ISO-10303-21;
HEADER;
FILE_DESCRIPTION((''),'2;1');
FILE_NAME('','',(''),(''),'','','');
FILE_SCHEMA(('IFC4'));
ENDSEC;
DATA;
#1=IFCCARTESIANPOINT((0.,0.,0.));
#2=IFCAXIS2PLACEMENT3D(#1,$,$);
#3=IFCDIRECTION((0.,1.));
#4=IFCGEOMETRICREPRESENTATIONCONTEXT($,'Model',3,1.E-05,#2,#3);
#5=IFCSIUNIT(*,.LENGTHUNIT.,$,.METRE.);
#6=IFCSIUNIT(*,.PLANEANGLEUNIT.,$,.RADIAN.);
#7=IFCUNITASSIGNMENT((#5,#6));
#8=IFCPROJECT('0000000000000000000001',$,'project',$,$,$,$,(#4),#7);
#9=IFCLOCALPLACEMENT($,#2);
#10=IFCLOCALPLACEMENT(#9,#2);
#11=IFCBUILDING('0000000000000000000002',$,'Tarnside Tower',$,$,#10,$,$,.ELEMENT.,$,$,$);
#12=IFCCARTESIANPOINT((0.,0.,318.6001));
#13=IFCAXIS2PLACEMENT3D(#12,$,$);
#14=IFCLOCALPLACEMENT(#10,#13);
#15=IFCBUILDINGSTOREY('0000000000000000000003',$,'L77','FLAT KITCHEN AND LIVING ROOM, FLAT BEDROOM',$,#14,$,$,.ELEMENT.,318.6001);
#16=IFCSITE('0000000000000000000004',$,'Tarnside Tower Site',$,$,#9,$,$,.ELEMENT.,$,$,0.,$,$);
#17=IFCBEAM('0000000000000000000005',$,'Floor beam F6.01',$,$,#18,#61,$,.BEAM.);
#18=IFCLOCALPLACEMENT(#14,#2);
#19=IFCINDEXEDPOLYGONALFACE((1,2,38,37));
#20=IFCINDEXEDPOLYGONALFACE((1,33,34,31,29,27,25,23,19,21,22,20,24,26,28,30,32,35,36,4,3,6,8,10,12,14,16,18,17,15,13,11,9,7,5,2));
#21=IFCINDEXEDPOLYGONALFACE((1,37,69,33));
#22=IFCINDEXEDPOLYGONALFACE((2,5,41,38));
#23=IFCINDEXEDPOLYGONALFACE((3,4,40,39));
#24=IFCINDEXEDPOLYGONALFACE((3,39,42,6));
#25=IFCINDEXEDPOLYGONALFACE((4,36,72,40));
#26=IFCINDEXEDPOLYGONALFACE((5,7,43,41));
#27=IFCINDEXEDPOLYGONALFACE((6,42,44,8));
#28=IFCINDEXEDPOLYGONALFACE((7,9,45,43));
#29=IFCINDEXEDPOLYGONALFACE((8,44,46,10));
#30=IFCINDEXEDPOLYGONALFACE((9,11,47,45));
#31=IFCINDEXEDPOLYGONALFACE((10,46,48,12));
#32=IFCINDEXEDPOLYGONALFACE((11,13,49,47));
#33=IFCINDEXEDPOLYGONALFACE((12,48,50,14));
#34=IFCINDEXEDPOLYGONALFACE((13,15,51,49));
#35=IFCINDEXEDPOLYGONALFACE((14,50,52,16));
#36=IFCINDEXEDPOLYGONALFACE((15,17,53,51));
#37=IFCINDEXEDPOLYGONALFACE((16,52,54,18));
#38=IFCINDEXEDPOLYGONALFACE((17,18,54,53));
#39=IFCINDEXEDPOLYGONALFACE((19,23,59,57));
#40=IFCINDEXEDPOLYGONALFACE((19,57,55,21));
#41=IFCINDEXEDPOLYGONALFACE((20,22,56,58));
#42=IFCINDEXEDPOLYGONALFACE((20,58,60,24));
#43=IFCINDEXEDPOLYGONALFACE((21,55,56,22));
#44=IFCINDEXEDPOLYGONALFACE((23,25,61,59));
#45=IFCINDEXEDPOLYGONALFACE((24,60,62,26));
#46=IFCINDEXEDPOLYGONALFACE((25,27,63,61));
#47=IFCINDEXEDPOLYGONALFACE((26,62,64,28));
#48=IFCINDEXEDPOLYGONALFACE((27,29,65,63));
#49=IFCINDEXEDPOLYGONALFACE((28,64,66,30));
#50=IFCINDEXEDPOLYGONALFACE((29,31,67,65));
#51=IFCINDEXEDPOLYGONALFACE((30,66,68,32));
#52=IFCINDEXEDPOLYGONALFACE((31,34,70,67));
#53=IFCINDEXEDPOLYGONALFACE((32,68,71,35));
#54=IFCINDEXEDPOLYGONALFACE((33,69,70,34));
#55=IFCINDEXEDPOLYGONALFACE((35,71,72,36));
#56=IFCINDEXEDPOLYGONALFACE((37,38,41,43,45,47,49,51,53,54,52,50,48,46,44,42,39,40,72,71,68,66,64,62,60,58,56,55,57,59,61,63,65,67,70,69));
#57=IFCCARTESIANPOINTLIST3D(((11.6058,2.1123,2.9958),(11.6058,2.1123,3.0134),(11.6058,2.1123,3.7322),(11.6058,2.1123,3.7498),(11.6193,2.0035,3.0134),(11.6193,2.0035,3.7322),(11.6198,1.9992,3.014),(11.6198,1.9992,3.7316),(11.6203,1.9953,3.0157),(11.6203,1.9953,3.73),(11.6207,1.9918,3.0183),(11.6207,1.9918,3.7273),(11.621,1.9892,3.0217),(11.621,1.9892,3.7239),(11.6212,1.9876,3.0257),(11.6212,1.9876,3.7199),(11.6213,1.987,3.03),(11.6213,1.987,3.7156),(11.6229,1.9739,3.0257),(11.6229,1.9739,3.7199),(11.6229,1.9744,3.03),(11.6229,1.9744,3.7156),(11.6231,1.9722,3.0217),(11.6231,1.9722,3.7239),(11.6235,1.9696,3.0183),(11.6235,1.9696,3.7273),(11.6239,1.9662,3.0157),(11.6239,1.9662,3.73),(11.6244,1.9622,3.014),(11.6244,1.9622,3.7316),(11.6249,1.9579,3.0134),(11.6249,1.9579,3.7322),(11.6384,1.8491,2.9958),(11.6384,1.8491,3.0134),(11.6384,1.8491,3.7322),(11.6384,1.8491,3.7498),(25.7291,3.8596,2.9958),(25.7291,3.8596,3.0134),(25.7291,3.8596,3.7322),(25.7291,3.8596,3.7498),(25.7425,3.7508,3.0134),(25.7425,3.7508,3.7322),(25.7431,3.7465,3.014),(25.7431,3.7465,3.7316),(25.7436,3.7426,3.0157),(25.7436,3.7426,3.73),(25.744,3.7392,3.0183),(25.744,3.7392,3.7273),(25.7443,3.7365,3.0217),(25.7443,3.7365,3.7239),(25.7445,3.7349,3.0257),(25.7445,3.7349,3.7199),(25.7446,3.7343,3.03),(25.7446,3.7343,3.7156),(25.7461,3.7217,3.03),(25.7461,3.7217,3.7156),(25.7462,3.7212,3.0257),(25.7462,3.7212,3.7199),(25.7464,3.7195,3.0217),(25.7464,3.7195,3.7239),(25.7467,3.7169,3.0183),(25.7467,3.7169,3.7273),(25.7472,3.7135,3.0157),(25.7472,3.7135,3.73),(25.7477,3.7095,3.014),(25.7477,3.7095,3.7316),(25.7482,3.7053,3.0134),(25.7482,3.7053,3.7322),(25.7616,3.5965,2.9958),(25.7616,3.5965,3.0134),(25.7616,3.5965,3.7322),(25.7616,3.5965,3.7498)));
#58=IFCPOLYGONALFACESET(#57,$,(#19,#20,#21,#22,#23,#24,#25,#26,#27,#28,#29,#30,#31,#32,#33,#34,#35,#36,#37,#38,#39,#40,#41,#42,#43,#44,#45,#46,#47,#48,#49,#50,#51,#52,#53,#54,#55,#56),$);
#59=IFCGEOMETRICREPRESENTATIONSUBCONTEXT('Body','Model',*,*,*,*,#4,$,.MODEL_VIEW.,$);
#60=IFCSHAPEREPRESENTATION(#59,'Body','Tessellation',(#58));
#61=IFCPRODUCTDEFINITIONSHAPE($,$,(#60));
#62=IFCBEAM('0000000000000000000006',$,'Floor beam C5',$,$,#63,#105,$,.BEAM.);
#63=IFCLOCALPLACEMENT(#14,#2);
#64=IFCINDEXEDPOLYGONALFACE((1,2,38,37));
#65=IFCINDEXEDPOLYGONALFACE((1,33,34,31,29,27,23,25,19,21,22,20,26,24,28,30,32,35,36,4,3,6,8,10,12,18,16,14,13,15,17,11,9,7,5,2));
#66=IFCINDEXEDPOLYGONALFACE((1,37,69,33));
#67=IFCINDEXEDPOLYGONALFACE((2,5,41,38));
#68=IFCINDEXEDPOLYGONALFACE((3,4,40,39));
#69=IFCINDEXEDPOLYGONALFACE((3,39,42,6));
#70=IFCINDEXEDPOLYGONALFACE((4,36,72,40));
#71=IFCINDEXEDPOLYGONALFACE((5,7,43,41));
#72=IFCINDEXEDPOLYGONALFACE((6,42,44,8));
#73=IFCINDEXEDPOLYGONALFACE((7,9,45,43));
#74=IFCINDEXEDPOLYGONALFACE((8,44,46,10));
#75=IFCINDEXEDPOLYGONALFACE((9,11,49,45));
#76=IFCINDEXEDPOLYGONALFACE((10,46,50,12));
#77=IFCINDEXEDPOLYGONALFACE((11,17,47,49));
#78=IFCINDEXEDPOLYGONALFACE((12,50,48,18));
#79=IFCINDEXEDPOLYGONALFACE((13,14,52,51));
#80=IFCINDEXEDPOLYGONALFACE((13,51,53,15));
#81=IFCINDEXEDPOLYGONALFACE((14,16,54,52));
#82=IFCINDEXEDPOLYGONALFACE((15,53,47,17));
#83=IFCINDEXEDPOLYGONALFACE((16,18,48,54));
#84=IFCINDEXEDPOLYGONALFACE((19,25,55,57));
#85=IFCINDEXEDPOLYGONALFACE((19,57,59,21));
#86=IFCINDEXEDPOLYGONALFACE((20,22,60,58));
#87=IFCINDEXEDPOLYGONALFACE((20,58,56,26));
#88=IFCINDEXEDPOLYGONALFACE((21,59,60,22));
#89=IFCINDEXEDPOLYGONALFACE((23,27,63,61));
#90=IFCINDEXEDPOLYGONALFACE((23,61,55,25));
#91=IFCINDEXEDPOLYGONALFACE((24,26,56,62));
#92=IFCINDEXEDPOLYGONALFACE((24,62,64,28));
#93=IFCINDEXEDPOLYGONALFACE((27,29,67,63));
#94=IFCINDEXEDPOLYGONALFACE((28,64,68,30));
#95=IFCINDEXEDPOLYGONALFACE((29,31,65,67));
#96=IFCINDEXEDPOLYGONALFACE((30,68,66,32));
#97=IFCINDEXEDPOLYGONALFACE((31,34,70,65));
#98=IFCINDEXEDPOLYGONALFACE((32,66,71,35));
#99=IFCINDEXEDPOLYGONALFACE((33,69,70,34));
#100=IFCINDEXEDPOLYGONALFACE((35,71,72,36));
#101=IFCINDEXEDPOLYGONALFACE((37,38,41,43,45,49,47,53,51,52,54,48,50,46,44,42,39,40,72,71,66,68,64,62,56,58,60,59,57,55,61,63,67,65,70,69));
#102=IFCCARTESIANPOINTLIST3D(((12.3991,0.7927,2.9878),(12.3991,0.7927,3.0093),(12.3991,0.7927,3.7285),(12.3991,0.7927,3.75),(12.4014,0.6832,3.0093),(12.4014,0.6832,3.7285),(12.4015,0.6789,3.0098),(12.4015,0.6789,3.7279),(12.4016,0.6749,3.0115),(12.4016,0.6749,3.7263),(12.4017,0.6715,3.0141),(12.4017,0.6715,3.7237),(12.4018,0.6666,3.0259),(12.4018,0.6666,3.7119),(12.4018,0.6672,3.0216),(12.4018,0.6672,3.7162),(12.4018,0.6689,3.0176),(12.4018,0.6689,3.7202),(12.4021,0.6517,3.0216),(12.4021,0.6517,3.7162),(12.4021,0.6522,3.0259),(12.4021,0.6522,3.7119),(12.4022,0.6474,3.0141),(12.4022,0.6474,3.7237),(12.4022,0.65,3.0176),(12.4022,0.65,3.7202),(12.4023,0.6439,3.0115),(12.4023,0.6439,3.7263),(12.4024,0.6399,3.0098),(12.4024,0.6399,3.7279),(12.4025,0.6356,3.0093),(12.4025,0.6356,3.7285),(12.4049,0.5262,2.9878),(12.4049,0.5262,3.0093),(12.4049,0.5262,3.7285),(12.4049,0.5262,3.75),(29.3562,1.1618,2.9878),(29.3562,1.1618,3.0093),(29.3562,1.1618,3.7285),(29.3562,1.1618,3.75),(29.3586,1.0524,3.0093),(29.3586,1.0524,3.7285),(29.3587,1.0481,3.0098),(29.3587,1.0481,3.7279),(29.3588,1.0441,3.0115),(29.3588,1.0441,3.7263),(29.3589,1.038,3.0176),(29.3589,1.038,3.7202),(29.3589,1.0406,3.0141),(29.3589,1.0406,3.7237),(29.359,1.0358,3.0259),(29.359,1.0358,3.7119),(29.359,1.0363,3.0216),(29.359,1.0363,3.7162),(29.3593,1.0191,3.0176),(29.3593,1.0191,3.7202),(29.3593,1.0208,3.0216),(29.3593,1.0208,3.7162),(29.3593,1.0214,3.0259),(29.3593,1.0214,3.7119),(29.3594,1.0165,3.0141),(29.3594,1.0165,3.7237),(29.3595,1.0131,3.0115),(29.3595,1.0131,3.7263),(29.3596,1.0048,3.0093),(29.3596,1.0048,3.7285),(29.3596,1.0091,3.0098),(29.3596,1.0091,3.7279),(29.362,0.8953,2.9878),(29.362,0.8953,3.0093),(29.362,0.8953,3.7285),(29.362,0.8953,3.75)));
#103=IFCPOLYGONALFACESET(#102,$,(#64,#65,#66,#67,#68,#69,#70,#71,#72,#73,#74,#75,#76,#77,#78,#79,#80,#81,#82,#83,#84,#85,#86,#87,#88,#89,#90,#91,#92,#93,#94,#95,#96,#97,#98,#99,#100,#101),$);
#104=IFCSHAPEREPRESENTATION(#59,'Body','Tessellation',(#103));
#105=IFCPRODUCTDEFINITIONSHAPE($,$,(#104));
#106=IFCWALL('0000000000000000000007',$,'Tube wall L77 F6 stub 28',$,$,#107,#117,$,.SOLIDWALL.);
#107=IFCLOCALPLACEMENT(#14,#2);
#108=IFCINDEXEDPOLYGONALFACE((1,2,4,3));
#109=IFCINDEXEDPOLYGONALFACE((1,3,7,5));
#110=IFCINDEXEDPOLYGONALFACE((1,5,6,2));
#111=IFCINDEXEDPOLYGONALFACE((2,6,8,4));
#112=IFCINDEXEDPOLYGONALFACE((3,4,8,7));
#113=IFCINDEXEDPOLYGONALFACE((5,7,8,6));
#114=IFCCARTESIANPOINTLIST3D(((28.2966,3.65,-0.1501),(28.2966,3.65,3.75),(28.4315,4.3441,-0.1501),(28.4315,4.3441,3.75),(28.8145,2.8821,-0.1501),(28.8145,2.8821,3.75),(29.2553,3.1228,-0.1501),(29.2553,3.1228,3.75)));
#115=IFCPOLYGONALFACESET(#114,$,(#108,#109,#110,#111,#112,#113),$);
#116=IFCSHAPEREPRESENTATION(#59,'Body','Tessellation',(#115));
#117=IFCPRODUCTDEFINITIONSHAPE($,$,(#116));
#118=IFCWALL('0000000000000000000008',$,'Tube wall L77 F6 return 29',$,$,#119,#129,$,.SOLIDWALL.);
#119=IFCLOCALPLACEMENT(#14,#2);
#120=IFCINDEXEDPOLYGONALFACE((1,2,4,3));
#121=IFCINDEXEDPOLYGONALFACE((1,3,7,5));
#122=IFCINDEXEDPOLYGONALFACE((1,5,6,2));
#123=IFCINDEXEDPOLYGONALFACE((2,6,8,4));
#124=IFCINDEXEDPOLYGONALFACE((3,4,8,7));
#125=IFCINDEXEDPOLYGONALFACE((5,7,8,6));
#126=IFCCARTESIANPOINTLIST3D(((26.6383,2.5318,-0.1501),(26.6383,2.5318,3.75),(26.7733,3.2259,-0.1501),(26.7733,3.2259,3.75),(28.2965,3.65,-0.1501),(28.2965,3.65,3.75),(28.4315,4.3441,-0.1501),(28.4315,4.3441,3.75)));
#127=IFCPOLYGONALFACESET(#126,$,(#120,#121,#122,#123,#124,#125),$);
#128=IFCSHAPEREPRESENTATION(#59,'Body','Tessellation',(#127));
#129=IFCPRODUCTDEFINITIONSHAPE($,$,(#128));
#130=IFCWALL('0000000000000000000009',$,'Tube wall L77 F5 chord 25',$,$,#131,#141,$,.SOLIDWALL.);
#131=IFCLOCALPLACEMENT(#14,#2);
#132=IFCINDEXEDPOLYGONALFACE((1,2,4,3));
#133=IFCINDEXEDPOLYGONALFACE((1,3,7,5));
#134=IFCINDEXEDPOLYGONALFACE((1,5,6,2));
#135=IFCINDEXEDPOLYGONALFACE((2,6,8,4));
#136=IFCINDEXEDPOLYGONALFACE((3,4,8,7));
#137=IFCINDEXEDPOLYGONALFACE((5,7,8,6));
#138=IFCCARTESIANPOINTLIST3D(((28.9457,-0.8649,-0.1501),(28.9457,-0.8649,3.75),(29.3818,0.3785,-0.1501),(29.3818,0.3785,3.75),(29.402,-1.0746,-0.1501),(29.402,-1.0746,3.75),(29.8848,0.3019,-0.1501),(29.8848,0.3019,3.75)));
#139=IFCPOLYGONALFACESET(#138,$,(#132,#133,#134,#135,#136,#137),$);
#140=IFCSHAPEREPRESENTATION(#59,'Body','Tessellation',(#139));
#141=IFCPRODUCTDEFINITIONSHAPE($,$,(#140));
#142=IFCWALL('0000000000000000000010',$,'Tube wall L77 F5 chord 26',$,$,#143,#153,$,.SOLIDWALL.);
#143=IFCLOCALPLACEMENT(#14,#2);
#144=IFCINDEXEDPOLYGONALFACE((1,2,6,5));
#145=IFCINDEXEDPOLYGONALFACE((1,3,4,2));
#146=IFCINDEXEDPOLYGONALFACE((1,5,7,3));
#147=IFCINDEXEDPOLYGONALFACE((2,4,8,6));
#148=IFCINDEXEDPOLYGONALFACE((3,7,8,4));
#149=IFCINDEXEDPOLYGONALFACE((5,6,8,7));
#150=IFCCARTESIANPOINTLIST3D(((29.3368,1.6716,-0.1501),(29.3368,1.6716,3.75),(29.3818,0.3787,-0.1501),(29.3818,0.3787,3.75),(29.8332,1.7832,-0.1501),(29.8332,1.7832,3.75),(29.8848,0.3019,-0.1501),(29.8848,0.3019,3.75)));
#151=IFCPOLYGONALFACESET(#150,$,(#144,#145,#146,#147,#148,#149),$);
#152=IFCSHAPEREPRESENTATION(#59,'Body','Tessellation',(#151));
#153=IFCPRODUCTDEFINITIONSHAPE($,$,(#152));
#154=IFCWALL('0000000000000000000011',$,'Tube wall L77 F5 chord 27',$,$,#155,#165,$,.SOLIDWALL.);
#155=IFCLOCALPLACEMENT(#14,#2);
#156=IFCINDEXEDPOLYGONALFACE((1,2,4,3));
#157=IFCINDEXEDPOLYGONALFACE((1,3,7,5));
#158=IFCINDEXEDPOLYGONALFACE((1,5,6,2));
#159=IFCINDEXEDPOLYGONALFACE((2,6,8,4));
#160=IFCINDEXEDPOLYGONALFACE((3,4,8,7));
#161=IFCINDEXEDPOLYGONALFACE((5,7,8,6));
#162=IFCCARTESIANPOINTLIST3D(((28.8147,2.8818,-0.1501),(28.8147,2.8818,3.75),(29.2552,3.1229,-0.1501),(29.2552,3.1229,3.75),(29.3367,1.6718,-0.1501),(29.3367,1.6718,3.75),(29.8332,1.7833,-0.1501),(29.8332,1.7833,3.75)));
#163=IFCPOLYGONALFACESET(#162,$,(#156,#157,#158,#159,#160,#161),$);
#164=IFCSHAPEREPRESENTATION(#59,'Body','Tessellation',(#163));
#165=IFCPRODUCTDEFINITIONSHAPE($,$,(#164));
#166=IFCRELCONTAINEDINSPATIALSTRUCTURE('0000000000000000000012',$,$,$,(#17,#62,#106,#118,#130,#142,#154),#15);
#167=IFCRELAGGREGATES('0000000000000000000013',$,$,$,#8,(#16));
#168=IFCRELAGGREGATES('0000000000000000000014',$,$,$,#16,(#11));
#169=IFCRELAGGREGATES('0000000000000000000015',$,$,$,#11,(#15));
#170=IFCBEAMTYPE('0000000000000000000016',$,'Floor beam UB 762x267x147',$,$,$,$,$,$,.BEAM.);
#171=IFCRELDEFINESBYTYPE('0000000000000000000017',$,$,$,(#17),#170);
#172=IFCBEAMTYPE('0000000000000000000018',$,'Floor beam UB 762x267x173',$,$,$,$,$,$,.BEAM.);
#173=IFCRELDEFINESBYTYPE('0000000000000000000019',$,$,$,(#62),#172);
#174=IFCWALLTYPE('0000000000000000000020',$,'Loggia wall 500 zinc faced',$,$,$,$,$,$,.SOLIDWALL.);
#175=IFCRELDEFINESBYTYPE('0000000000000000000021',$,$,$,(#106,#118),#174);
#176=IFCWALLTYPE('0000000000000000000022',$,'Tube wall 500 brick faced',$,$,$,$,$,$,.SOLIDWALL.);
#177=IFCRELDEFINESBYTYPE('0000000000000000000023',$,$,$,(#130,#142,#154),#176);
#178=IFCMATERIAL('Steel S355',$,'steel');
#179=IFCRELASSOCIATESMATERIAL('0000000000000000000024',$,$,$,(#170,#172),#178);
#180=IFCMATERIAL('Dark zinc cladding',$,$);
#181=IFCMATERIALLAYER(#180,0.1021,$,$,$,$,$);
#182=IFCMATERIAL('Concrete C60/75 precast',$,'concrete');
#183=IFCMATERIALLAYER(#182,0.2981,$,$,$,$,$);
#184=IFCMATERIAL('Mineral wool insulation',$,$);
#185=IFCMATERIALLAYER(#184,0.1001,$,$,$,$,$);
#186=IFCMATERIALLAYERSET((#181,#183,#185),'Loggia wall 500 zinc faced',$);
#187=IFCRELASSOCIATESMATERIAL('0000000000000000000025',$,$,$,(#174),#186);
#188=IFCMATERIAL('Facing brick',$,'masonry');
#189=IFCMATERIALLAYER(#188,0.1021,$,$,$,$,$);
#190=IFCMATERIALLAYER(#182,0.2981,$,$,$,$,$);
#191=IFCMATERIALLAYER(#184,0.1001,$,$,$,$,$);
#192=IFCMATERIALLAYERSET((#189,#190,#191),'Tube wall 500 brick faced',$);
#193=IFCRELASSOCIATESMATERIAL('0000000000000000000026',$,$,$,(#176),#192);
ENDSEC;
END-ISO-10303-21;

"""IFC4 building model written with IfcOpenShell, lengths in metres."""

from ifc_helpers import new_model, si_unit, direction, frame, origin, origin_2d, place, context, subcontext, project, spatial, polyline, i_section, outline, extrude, material, layer, layer_set, material_profile, profile_set, type_object, element, save


model = new_model("IFC4")

# Units and contexts
model_context = context("Model", 3, precision=1e-05, world=origin(), true_north=direction((0.0, 1.0)))
body_context = subcontext(model_context, "Body", "Model", "MODEL_VIEW")
ifc_project = project(units=[si_unit("LENGTHUNIT", "METRE"), si_unit("PLANEANGLEUNIT", "RADIAN")], contexts=[model_context])

# Site, building, storey
site_placement = place(None, origin())
site = spatial("IfcSite", under=ifc_project, at=site_placement, Name="Tarnside Tower Site", CompositionType="ELEMENT", RefElevation=0.0)
building_placement = place(site_placement, origin())
building = spatial("IfcBuilding", under=site, at=building_placement, Name="Tarnside Tower", CompositionType="ELEMENT")
storey_placement = place(building_placement, frame((0.0, 0.0, 318.6001)))
storey = spatial("IfcBuildingStorey", under=building, at=storey_placement, Name="L77", Description="FLAT KITCHEN AND LIVING ROOM, FLAT BEDROOM", CompositionType="ELEMENT", Elevation=318.6001)

# Beams
ifc_material_1 = material(Name="Steel S355", Category="steel")
ifc_material_profile_1 = material_profile(ifc_material_1, i_section(OverallWidth=0.2651, OverallDepth=0.7539, WebThickness=0.0127, FlangeThickness=0.0176, FilletRadius=0.0166, at=origin_2d()), Name="UB 762x267x147")
ifc_profile_set_1 = profile_set([ifc_material_profile_1], Name="Steel S355")
beam_type_1 = type_object("IfcBeamType", Name="Floor beam UB 762x267x147", PredefinedType="BEAM", material=ifc_profile_set_1)
beam_1_placement = place(storey_placement, frame((25.7454, 3.728, 3.3728), z_axis=(-0.992434, -0.122783, 0.0), x_axis=(0.122783, -0.992434, 0.0)))
element("IfcBeam", 1, at=beam_1_placement, inside=storey, type_object=beam_type_1, Name="Floor beam F6.01", PredefinedType="BEAM", context=body_context, shape_type="SweptSolid", body=[
    extrude(i_section(OverallWidth=0.2651, OverallDepth=0.7539, WebThickness=0.0127, FlangeThickness=0.0176, FilletRadius=0.0166, at=origin_2d()), origin(), (0.0, 0.0, 1.0), 14.231),
])
ifc_material_profile_2 = material_profile(ifc_material_1, i_section(OverallWidth=0.2666, OverallDepth=0.7622, WebThickness=0.0144, FlangeThickness=0.0215, FilletRadius=0.0166, at=origin_2d()), Name="UB 762x267x173")
ifc_profile_set_2 = profile_set([ifc_material_profile_2], Name="Steel S355")
beam_type_2 = type_object("IfcBeamType", Name="Floor beam UB 762x267x173", PredefinedType="BEAM", material=ifc_profile_set_2)
beam_2_placement = place(storey_placement, frame((29.3591, 1.0286, 3.3689), z_axis=(-0.999763, -0.021764, 0.0), x_axis=(0.021764, -0.999763, 0.0)))
element("IfcBeam", 2, at=beam_2_placement, inside=storey, type_object=beam_type_2, Name="Floor beam C5", PredefinedType="BEAM", context=body_context, shape_type="SweptSolid", body=[
    extrude(i_section(OverallWidth=0.2666, OverallDepth=0.7622, WebThickness=0.0144, FlangeThickness=0.0215, FilletRadius=0.0166, at=origin_2d()), origin(), (0.0, 0.0, 1.0), 16.9612),
])

# Walls
ifc_material_2 = material(Name="Dark zinc cladding")
ifc_layer_1 = layer(ifc_material_2, 0.1021)
ifc_material_3 = material(Name="Concrete C60/75 precast", Category="concrete")
ifc_layer_2 = layer(ifc_material_3, 0.2981)
ifc_material_4 = material(Name="Mineral wool insulation")
ifc_layer_3 = layer(ifc_material_4, 0.1001)
ifc_layer_set_1 = layer_set([ifc_layer_1, ifc_layer_2, ifc_layer_3], Name="Loggia wall 500 zinc faced")
wall_type_1 = type_object("IfcWallType", Name="Loggia wall 500 zinc faced", PredefinedType="SOLIDWALL", material=ifc_layer_set_1)
wall_1_placement = place(storey_placement, frame((29.0349, 3.0024, -0.1501), z_axis=(0.0, 0.0, 1.0), x_axis=(-0.5592, 0.829033, 0.0)))
element("IfcWall", 3, at=wall_1_placement, inside=storey, type_object=wall_type_1, Name="Tube wall L77 F6 stub 28", PredefinedType="SOLIDWALL", context=body_context, shape_type="SweptSolid", body=[
    extrude(outline(polyline([(-0.0234, -0.25), (1.4497, -0.25), (0.9497, 0.25), (0.0234, 0.25), (-0.0234, -0.25)])), origin(), (0.0, 0.0, 1.0), 3.9001),
])
wall_2_placement = place(storey_placement, frame((28.364, 3.9971, -0.1501), z_axis=(0.0, 0.0, 1.0), x_axis=(-0.829109, -0.559087, 0.0)))
element("IfcWall", 4, at=wall_2_placement, inside=storey, type_object=wall_type_1, Name="Tube wall L77 F6 return 29", PredefinedType="SOLIDWALL", context=body_context, shape_type="SweptSolid", body=[
    extrude(outline(polyline([(-0.25, -0.25), (1.75, -0.25), (2.25, 0.25), (0.25, 0.25), (-0.25, -0.25)])), origin(), (0.0, 0.0, 1.0), 3.9001),
])

# Walls
ifc_material_5 = material(Name="Facing brick", Category="masonry")
ifc_layer_4 = layer(ifc_material_5, 0.1021)
ifc_layer_5 = layer(ifc_material_3, 0.2981)
ifc_layer_6 = layer(ifc_material_4, 0.1001)
ifc_layer_set_2 = layer_set([ifc_layer_4, ifc_layer_5, ifc_layer_6], Name="Tube wall 500 brick faced")
wall_type_2 = type_object("IfcWallType", Name="Tube wall 500 brick faced", PredefinedType="SOLIDWALL", material=ifc_layer_set_2)
wall_3_placement = place(storey_placement, frame((29.1738, -0.9697, -0.1501), z_axis=(0.0, 0.0, 1.0), x_axis=(0.330961, 0.943644, 0.0)))
element("IfcWall", 5, at=wall_3_placement, inside=storey, type_object=wall_type_2, Name="Tube wall L77 F5 chord 25", PredefinedType="SOLIDWALL", context=body_context, shape_type="SweptSolid", body=[
    extrude(outline(polyline([(-0.0234, -0.25), (1.4353, -0.25), (1.3411, 0.25), (0.0234, 0.25), (-0.0234, -0.25)])), origin(), (0.0, 0.0, 1.0), 3.9001),
])
wall_4_placement = place(storey_placement, frame((29.6333, 0.3403, -0.1501), z_axis=(0.0, 0.0, 1.0), x_axis=(-0.034826, 0.999393, 0.0)))
element("IfcWall", 6, at=wall_4_placement, inside=storey, type_object=wall_type_2, Name="Tube wall L77 F5 chord 26", PredefinedType="SOLIDWALL", context=body_context, shape_type="SweptSolid", body=[
    extrude(outline(polyline([(-0.0471, -0.25), (1.4351, -0.25), (1.3408, 0.25), (0.0471, 0.25), (-0.0471, -0.25)])), origin(), (0.0, 0.0, 1.0), 3.9001),
])
wall_5_placement = place(storey_placement, frame((29.585, 1.7275, -0.1501), z_axis=(0.0, 0.0, 1.0), x_axis=(-0.396146, 0.918187, 0.0)))
element("IfcWall", 7, at=wall_5_placement, inside=storey, type_object=wall_type_2, Name="Tube wall L77 F5 chord 27", PredefinedType="SOLIDWALL", context=body_context, shape_type="SweptSolid", body=[
    extrude(outline(polyline([(-0.0471, -0.25), (1.4119, -0.25), (1.365, 0.25), (0.0471, 0.25), (-0.0471, -0.25)])), origin(), (0.0, 0.0, 1.0), 3.9001),
])

save(model, "model.ifc")
